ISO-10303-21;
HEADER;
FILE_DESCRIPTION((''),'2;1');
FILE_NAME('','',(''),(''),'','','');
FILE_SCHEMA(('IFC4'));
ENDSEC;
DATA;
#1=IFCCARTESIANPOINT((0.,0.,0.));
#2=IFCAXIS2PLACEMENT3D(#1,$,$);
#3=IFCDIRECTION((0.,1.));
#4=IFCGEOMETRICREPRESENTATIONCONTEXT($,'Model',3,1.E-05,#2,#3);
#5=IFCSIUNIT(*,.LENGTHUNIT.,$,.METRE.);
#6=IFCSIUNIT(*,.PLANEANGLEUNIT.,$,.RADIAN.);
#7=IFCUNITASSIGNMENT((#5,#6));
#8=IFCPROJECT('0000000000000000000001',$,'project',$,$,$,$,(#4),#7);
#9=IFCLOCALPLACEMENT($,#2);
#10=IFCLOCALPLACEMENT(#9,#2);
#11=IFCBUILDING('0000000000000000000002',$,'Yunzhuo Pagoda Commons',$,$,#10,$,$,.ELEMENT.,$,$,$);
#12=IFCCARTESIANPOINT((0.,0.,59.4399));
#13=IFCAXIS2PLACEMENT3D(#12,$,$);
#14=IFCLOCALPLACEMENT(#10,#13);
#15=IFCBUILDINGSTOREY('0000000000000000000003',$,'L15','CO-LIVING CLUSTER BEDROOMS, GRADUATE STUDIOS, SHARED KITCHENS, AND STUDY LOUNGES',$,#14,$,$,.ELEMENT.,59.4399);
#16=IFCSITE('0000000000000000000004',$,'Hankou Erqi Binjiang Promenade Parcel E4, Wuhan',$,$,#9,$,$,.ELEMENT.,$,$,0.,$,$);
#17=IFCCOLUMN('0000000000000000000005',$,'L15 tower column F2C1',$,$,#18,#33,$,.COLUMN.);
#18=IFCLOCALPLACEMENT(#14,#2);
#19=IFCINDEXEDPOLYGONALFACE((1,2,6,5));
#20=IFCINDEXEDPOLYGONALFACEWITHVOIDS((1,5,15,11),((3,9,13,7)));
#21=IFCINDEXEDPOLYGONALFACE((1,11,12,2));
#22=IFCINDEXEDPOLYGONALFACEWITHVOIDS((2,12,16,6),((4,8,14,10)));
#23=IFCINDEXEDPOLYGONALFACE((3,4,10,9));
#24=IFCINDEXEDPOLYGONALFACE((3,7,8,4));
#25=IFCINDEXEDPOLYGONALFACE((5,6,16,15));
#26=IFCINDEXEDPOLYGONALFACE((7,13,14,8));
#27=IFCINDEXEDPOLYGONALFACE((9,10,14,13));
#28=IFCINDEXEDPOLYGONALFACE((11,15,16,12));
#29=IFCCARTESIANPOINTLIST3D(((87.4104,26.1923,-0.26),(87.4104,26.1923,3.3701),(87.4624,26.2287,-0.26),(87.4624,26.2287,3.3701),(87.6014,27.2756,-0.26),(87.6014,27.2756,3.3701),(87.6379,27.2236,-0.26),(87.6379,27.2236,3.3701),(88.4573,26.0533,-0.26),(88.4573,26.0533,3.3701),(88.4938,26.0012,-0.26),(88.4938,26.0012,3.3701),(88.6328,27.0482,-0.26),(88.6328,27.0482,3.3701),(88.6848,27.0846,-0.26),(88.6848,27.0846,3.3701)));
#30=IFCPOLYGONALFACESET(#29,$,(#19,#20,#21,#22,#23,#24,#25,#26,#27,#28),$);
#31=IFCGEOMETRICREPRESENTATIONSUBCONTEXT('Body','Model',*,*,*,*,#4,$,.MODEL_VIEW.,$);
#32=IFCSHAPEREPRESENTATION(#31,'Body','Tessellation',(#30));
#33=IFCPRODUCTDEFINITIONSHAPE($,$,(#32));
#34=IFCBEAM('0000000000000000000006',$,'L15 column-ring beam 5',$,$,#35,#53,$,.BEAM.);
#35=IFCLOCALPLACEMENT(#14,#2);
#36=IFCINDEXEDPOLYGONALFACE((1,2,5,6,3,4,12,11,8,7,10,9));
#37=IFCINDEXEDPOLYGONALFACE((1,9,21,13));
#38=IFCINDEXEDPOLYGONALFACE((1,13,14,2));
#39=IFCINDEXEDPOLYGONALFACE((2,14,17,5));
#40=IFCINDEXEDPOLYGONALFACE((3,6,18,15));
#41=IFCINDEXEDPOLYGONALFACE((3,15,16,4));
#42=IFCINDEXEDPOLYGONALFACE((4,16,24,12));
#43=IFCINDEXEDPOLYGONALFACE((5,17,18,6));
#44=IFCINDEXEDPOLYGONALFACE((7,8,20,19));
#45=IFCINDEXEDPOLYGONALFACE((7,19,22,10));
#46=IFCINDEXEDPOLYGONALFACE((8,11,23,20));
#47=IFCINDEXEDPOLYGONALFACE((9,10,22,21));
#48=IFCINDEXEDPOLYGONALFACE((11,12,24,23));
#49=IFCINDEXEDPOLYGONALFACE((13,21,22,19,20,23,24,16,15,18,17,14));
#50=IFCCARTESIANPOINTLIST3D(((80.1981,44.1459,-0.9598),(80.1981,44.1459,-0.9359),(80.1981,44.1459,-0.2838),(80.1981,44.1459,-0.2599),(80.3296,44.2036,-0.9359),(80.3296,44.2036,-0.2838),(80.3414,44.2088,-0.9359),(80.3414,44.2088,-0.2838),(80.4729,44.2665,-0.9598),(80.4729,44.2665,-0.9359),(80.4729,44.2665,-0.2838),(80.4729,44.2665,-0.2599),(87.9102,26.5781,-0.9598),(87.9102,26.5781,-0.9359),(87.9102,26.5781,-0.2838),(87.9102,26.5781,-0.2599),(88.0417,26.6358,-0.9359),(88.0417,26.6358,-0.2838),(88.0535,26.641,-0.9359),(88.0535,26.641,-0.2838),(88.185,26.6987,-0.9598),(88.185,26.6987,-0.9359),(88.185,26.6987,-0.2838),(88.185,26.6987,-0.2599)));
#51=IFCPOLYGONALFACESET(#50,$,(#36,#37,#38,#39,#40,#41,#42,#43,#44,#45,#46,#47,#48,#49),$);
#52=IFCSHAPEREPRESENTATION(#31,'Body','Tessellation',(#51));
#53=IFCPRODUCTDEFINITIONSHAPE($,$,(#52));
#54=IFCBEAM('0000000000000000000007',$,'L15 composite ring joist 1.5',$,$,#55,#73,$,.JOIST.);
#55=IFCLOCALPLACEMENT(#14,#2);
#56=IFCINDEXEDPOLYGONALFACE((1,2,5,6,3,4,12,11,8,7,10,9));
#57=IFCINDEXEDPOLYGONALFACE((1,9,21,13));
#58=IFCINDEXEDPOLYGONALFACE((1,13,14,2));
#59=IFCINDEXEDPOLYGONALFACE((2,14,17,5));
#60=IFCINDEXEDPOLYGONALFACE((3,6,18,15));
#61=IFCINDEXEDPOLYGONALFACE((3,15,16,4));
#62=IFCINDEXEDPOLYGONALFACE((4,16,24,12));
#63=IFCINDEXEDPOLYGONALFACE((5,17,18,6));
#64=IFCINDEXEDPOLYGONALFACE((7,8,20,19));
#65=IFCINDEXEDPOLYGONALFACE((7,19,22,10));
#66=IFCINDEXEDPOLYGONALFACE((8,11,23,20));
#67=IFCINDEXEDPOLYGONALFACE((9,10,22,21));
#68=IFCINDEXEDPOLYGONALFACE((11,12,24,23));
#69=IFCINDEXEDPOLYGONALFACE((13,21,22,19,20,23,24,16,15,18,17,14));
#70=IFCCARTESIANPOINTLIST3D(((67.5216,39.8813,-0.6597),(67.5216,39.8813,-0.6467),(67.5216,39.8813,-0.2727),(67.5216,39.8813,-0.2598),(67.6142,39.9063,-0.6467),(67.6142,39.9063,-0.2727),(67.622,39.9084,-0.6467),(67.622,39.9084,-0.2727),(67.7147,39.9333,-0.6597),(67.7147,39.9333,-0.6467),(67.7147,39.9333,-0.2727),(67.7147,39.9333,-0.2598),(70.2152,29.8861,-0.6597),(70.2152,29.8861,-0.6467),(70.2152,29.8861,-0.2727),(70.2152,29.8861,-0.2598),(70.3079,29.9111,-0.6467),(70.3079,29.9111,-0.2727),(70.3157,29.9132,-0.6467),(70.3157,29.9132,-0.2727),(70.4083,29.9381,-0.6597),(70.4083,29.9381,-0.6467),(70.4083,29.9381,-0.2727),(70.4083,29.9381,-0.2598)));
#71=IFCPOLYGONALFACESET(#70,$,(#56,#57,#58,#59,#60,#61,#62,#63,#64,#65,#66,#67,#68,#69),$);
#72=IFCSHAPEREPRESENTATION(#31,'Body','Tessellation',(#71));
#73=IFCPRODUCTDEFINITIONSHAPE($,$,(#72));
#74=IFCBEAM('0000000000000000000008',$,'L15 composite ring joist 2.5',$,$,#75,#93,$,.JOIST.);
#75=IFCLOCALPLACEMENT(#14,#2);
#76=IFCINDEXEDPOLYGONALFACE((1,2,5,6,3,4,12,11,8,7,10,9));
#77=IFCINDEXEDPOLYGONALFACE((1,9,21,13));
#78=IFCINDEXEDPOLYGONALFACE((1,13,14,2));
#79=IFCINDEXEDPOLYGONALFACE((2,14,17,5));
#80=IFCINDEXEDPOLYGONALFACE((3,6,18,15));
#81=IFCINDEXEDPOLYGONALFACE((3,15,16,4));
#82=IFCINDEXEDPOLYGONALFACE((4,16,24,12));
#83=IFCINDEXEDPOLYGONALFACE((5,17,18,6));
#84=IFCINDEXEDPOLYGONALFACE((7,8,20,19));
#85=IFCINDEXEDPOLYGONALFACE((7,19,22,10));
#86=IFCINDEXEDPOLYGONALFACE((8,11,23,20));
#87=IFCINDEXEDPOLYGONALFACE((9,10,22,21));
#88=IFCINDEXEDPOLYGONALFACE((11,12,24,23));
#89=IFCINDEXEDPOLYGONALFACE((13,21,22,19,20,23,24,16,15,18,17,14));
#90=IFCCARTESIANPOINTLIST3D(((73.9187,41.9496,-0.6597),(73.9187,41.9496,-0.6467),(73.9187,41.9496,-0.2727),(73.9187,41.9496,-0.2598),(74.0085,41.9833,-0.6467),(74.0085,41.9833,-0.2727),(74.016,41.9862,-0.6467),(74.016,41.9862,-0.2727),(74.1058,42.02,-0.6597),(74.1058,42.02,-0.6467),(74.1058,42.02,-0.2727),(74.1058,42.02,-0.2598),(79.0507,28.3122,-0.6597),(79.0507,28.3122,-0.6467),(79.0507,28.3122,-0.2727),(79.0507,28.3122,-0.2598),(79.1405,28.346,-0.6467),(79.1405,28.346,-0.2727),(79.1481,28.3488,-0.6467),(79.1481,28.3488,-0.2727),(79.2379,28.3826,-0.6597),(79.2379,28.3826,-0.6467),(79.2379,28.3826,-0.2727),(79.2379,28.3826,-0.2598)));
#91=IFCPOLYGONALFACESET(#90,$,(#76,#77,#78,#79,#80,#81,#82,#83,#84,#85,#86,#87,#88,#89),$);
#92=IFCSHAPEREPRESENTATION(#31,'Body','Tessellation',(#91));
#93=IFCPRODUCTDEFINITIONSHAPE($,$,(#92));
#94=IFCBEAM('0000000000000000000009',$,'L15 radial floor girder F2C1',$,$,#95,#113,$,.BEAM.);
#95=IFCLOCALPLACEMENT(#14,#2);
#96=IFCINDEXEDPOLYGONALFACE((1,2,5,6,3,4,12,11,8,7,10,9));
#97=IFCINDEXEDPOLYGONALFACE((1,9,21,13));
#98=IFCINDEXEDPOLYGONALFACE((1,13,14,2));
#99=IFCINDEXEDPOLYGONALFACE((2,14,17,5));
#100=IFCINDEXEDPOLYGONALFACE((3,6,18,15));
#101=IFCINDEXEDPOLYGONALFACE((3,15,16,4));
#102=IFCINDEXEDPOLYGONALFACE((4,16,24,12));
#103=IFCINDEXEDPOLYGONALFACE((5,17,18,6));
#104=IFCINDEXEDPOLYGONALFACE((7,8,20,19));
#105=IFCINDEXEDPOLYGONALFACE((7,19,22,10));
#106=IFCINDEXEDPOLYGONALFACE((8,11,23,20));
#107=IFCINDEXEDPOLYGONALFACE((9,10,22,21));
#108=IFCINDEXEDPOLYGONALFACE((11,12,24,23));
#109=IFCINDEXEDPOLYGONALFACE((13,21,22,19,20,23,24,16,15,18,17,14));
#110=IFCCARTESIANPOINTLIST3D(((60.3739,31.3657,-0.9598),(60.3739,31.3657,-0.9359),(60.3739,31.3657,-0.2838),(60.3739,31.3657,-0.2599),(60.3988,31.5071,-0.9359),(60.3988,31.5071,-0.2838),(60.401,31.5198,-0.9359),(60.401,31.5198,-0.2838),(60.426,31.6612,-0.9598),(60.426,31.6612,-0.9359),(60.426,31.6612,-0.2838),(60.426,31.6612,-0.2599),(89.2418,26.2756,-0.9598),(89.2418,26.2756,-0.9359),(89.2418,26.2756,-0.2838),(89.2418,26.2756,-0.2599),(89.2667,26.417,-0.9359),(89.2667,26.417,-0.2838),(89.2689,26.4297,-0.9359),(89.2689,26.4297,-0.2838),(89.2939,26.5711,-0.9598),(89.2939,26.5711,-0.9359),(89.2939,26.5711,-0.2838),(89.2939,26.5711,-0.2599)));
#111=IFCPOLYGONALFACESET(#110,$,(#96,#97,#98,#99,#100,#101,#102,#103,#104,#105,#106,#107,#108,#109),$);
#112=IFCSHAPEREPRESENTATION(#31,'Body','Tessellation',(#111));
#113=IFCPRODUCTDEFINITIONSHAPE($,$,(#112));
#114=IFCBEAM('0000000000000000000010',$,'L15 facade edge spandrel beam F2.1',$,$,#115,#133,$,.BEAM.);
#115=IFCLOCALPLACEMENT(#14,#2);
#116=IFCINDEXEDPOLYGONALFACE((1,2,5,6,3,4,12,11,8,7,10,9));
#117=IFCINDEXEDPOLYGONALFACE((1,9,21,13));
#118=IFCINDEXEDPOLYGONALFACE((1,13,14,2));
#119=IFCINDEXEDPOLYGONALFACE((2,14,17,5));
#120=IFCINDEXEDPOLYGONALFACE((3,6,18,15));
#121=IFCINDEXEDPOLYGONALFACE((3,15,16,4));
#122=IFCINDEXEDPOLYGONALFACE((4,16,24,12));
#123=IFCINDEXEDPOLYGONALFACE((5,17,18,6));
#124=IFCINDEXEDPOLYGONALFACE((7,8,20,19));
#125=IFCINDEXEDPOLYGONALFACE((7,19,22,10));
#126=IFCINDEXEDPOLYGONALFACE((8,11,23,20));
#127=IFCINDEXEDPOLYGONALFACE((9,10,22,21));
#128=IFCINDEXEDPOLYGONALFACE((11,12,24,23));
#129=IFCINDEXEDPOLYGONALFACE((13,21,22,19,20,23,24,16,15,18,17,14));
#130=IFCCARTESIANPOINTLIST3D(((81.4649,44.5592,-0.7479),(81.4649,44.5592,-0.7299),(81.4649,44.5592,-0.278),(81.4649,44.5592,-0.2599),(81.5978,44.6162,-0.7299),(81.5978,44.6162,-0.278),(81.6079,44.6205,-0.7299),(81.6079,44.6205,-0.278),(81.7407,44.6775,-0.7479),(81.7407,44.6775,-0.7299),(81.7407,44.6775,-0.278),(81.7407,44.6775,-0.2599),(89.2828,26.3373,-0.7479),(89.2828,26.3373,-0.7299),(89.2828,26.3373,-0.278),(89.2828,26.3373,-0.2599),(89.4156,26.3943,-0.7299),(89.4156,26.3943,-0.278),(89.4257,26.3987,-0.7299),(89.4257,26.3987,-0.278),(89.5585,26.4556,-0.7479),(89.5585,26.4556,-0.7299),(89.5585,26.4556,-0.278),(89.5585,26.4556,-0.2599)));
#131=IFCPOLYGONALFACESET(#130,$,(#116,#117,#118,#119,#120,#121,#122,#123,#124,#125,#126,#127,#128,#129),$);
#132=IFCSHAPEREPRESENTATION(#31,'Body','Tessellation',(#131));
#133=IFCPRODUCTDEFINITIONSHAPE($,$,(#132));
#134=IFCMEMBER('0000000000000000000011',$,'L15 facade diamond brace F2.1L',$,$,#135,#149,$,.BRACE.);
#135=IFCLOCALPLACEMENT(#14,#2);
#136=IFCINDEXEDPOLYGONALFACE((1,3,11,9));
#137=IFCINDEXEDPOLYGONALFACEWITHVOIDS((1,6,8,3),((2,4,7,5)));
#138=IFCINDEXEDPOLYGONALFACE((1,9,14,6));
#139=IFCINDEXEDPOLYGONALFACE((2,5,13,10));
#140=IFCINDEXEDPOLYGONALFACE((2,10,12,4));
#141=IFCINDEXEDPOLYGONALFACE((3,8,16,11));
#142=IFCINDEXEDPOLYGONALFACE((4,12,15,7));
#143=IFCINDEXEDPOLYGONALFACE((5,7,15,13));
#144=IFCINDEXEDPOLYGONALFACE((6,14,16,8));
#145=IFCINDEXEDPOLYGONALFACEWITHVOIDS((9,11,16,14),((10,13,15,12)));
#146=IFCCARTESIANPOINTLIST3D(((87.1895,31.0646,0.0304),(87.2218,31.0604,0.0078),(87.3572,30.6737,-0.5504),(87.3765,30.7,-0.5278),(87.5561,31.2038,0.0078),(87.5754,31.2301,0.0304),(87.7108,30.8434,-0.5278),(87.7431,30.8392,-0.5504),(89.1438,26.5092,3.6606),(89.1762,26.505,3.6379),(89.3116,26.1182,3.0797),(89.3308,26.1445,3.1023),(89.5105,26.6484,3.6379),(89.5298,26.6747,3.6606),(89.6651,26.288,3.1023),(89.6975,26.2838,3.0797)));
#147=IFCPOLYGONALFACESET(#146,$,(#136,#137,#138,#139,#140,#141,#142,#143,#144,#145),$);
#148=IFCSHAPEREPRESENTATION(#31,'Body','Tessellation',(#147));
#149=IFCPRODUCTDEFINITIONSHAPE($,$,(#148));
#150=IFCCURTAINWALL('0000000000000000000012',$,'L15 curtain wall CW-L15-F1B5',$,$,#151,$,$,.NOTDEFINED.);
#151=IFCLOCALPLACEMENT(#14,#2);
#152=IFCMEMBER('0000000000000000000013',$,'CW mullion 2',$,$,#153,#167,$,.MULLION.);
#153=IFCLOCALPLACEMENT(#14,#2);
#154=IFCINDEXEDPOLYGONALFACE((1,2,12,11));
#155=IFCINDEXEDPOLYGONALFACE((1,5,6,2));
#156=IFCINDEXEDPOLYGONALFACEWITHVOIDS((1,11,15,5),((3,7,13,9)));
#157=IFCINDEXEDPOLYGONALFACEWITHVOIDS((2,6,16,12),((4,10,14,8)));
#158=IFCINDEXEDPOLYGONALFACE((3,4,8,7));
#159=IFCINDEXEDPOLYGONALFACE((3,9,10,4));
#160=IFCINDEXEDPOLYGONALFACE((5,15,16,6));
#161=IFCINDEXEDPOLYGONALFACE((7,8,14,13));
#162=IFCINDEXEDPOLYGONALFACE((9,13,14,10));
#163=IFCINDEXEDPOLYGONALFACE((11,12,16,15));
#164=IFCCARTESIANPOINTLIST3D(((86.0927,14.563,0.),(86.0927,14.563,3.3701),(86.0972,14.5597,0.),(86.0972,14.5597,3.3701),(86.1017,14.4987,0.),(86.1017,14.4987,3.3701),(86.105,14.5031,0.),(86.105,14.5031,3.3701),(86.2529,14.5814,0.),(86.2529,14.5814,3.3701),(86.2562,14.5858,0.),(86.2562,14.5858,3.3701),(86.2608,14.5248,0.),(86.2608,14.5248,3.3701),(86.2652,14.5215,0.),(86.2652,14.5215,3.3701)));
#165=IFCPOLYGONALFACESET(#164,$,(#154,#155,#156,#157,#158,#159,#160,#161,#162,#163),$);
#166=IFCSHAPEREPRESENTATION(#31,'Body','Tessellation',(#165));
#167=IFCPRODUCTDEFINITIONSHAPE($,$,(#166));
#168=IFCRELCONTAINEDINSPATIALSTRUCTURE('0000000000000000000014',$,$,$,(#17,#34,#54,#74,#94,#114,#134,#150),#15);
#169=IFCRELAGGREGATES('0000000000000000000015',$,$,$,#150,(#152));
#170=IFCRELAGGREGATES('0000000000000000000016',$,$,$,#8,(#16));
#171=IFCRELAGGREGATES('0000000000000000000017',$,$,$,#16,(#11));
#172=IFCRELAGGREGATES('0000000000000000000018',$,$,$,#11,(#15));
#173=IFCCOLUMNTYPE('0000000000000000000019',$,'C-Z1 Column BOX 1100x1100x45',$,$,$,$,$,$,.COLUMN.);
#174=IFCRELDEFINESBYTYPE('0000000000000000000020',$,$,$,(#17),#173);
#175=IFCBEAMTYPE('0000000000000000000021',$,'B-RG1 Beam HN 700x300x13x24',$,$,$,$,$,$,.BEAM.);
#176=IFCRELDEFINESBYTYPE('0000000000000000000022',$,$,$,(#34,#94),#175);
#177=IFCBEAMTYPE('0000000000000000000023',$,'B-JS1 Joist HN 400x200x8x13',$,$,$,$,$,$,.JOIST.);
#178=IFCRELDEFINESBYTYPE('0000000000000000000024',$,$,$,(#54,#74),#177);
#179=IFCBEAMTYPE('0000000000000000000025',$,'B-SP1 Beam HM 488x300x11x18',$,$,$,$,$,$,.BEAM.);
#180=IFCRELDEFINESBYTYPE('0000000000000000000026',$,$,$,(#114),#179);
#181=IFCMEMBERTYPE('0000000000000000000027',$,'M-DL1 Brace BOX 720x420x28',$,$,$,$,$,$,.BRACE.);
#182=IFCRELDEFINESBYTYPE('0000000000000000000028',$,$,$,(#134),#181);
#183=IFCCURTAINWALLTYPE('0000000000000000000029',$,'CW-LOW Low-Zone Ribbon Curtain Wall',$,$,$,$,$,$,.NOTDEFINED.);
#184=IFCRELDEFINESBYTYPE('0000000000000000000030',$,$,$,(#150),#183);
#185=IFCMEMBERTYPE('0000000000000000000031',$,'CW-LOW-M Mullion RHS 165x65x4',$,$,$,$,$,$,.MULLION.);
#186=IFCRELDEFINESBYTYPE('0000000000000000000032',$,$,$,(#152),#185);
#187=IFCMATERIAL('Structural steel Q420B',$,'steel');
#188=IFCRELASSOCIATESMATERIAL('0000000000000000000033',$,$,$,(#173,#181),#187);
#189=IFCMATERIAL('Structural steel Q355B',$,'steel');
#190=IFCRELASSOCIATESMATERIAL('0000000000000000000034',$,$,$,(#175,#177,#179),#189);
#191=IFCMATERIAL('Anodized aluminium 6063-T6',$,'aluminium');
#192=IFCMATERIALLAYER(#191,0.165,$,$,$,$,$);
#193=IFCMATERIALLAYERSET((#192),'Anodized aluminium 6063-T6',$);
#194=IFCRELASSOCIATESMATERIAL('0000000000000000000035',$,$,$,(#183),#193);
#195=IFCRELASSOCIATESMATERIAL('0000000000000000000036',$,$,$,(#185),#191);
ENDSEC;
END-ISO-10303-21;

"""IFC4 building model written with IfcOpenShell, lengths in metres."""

from ifc_helpers import new_model, si_unit, direction, frame, origin, origin_2d, place, context, subcontext, project, spatial, hollow_rectangle, i_section, extrude, source, transform, mapped, material, layer, layer_set, material_profile, profile_set, type_object, element, aggregate, save


model = new_model("IFC4")

# Units and contexts
model_context = context("Model", 3, precision=1e-05, world=origin(), true_north=direction((0.0, 1.0)))
body_context = subcontext(model_context, "Body", "Model", "MODEL_VIEW")
ifc_project = project(units=[si_unit("LENGTHUNIT", "METRE"), si_unit("PLANEANGLEUNIT", "RADIAN")], contexts=[model_context])

# Site, building, storey
site_placement = place(None, origin())
site = spatial("IfcSite", under=ifc_project, at=site_placement, Name="Hankou Erqi Binjiang Promenade Parcel E4, Wuhan", CompositionType="ELEMENT", RefElevation=0.0)
building_placement = place(site_placement, origin())
building = spatial("IfcBuilding", under=site, at=building_placement, Name="Yunzhuo Pagoda Commons", CompositionType="ELEMENT")
storey_placement = place(building_placement, frame((0.0, 0.0, 59.4399)))
storey = spatial("IfcBuildingStorey", under=building, at=storey_placement, Name="L15", Description="CO-LIVING CLUSTER BEDROOMS, GRADUATE STUDIOS, SHARED KITCHENS, AND STUDY LOUNGES", CompositionType="ELEMENT", Elevation=59.4399)

# Column
ifc_material_1 = material(Name="Structural steel Q420B", Category="steel")
ifc_material_profile_1 = material_profile(ifc_material_1, hollow_rectangle(XDim=1.1001, YDim=1.1001, WallThickness=0.0449, at=origin_2d()), Name="Structural steel Q420B")
ifc_profile_set_1 = profile_set([ifc_material_profile_1], Name="Structural steel Q420B")
column_type = type_object("IfcColumnType", Name="C-Z1 Column BOX 1100x1100x45", PredefinedType="COLUMN", material=ifc_profile_set_1)
shared_shape_1 = source(origin(), body_context, "Body", "SweptSolid", [
    extrude(hollow_rectangle(XDim=1.1001, YDim=1.1001, WallThickness=0.0449, at=origin_2d()), origin(), (0.0, 0.0, 1.0), 3.6301),
])
column_placement = place(storey_placement, frame((88.0476, 26.6384, -0.26), z_axis=(0.0, 0.0, 1.0), x_axis=(0.173648, 0.984808, 0.0)))
element("IfcColumn", 1, at=column_placement, inside=storey, type_object=column_type, Name="L15 tower column F2C1", PredefinedType="COLUMN", context=body_context, shape_type="MappedRepresentation", body=[
    mapped(shared_shape_1, transform((0.0, 0.0, 0.0), scale=1.0)),
])

# Beams
ifc_material_2 = material(Name="Structural steel Q355B", Category="steel")
ifc_material_profile_2 = material_profile(ifc_material_2, i_section(OverallWidth=0.3, OverallDepth=0.7, WebThickness=0.0129, FlangeThickness=0.0239, at=origin_2d()), Name="Structural steel Q355B")
ifc_profile_set_2 = profile_set([ifc_material_profile_2], Name="Structural steel Q355B")
beam_type_1 = type_object("IfcBeamType", Name="B-RG1 Beam HN 700x300x13x24", PredefinedType="BEAM", material=ifc_profile_set_2)
shared_shape_2 = source(origin(), body_context, "Body", "SweptSolid", [
    extrude(i_section(OverallWidth=0.3, OverallDepth=0.7, WebThickness=0.0129, FlangeThickness=0.0239, at=origin_2d()), origin(), (0.0, 0.0, 1.0), 19.186),
])
beam_1_placement = place(storey_placement, frame((88.0476, 26.6384, -0.6099), z_axis=(-0.401965, 0.915655, 0.0), x_axis=(-0.915655, -0.401965, 0.0)))
element("IfcBeam", 2, at=beam_1_placement, inside=storey, type_object=beam_type_1, Name="L15 column-ring beam 5", PredefinedType="BEAM", context=body_context, shape_type="MappedRepresentation", body=[
    mapped(shared_shape_2, transform((0.0, 0.0, 0.0), scale=1.0)),
])
ifc_material_profile_3 = material_profile(ifc_material_2, i_section(OverallWidth=0.2, OverallDepth=0.3999, WebThickness=0.0081, FlangeThickness=0.0129, at=origin_2d()), Name="Structural steel Q355B")
ifc_profile_set_3 = profile_set([ifc_material_profile_3], Name="Structural steel Q355B")
beam_type_2 = type_object("IfcBeamType", Name="B-JS1 Joist HN 400x200x8x13", PredefinedType="JOIST", material=ifc_profile_set_3)
shared_shape_3 = source(origin(), body_context, "Body", "SweptSolid", [
    extrude(i_section(OverallWidth=0.2, OverallDepth=0.3999, WebThickness=0.0081, FlangeThickness=0.0129, at=origin_2d()), origin(), (0.0, 0.0, 1.0), 10.3518),
])
beam_2_placement = place(storey_placement, frame((70.3118, 29.9121, -0.4597), z_axis=(-0.260209, 0.965552, 0.0), x_axis=(-0.965552, -0.260209, 0.0)))
element("IfcBeam", 3, at=beam_2_placement, inside=storey, type_object=beam_type_2, Name="L15 composite ring joist 1.5", PredefinedType="JOIST", context=body_context, shape_type="MappedRepresentation", body=[
    mapped(shared_shape_3, transform((0.0, 0.0, 0.0), scale=1.0)),
])
shared_shape_4 = source(origin(), body_context, "Body", "SweptSolid", [
    extrude(i_section(OverallWidth=0.2, OverallDepth=0.3999, WebThickness=0.0081, FlangeThickness=0.0129, at=origin_2d()), origin(), (0.0, 0.0, 1.0), 14.571),
])
beam_3_placement = place(storey_placement, frame((79.1443, 28.3474, -0.4597), z_axis=(-0.352208, 0.935922, 0.0), x_axis=(-0.935922, -0.352208, 0.0)))
element("IfcBeam", 4, at=beam_3_placement, inside=storey, type_object=beam_type_2, Name="L15 composite ring joist 2.5", PredefinedType="JOIST", context=body_context, shape_type="MappedRepresentation", body=[
    mapped(shared_shape_4, transform((0.0, 0.0, 0.0), scale=1.0)),
])
shared_shape_5 = source(origin(), body_context, "Body", "SweptSolid", [
    extrude(i_section(OverallWidth=0.3, OverallDepth=0.7, WebThickness=0.0129, FlangeThickness=0.0239, at=origin_2d()), origin(), (0.0, 0.0, 1.0), 29.3132),
])
beam_4_placement = place(storey_placement, frame((89.2678, 26.4233, -0.6099), z_axis=(-0.984808, 0.173645, 0.0), x_axis=(-0.173645, -0.984808, 0.0)))
element("IfcBeam", 5, at=beam_4_placement, inside=storey, type_object=beam_type_1, Name="L15 radial floor girder F2C1", PredefinedType="BEAM", context=body_context, shape_type="MappedRepresentation", body=[
    mapped(shared_shape_5, transform((0.0, 0.0, 0.0), scale=1.0)),
])
ifc_material_profile_4 = material_profile(ifc_material_2, i_section(OverallWidth=0.3, OverallDepth=0.488, WebThickness=0.011, FlangeThickness=0.0181, at=origin_2d()), Name="Structural steel Q355B")
ifc_profile_set_4 = profile_set([ifc_material_profile_4], Name="Structural steel Q355B")
beam_type_3 = type_object("IfcBeamType", Name="B-SP1 Beam HM 488x300x11x18", PredefinedType="BEAM", material=ifc_profile_set_4)
shared_shape_6 = source(origin(), body_context, "Body", "SweptSolid", [
    extrude(i_section(OverallWidth=0.3, OverallDepth=0.488, WebThickness=0.011, FlangeThickness=0.0181, at=origin_2d()), origin(), (0.0, 0.0, 1.0), 19.8281),
])
beam_5_placement = place(storey_placement, frame((89.4207, 26.3965, -0.5039), z_axis=(-0.39428, 0.91899, 0.0), x_axis=(-0.91899, -0.39428, 0.0)))
element("IfcBeam", 6, at=beam_5_placement, inside=storey, type_object=beam_type_3, Name="L15 facade edge spandrel beam F2.1", PredefinedType="BEAM", context=body_context, shape_type="MappedRepresentation", body=[
    mapped(shared_shape_6, transform((0.0, 0.0, 0.0), scale=1.0)),
])

# Member
ifc_material_profile_5 = material_profile(ifc_material_1, hollow_rectangle(XDim=0.4199, YDim=0.72, WallThickness=0.0281, at=origin_2d()), Name="Structural steel Q420B")
ifc_profile_set_5 = profile_set([ifc_material_profile_5], Name="Structural steel Q420B")
member_type_1 = type_object("IfcMemberType", Name="M-DL1 Brace BOX 720x420x28", PredefinedType="BRACE", material=ifc_profile_set_5)
shared_shape_7 = source(origin(), body_context, "Body", "SweptSolid", [
    extrude(hollow_rectangle(XDim=0.4199, YDim=0.72, WallThickness=0.0281, at=origin_2d()), origin(), (0.0, 0.0, 1.0), 6.144),
])
member_1_placement = place(storey_placement, frame((87.4663, 30.9519, -0.26), z_axis=(0.318088, -0.741438, 0.590838), x_axis=(0.918997, 0.394264, 0.0)))
element("IfcMember", 7, at=member_1_placement, inside=storey, type_object=member_type_1, Name="L15 facade diamond brace F2.1L", PredefinedType="BRACE", context=body_context, shape_type="MappedRepresentation", body=[
    mapped(shared_shape_7, transform((0.0, 0.0, 0.0), scale=1.0)),
])

# Curtain wall, member
ifc_material_3 = material(Name="Anodized aluminium 6063-T6", Category="aluminium")
ifc_layer_1 = layer(ifc_material_3, 0.165)
ifc_layer_set_1 = layer_set([ifc_layer_1], Name="Anodized aluminium 6063-T6")
curtain_wall_type = type_object("IfcCurtainWallType", Name="CW-LOW Low-Zone Ribbon Curtain Wall", PredefinedType="NOTDEFINED", material=ifc_layer_set_1)
curtain_wall_1_placement = place(storey_placement, origin())
curtain_wall_1 = element("IfcCurtainWall", 8, at=curtain_wall_1_placement, inside=storey, type_object=curtain_wall_type, Name="L15 curtain wall CW-L15-F1B5", PredefinedType="NOTDEFINED")
ifc_material_profile_6 = material_profile(ifc_material_3, hollow_rectangle(XDim=0.0649, YDim=0.165, WallThickness=0.0039, at=origin_2d()), Name="Anodized aluminium 6063-T6")
ifc_profile_set_6 = profile_set([ifc_material_profile_6], Name="Anodized aluminium 6063-T6")
member_type_2 = type_object("IfcMemberType", Name="CW-LOW-M Mullion RHS 165x65x4", PredefinedType="MULLION", material=ifc_profile_set_6)
shared_shape_8 = source(origin(), body_context, "Body", "SweptSolid", [
    extrude(hollow_rectangle(XDim=0.0649, YDim=0.165, WallThickness=0.0039, at=origin_2d()), origin(), (0.0, 0.0, 1.0), 3.3701),
])
member_2_placement = place(storey_placement, frame((86.179, 14.5422, 0.0), z_axis=(0.0, 0.0, 1.0), x_axis=(-0.137905, 0.990445, 0.0)))
member_2 = element("IfcMember", 9, at=member_2_placement, type_object=member_type_2, Name="CW mullion 2", PredefinedType="MULLION", context=body_context, shape_type="MappedRepresentation", body=[
    mapped(shared_shape_8, transform((0.0, 0.0, 0.0), scale=1.0)),
])

aggregate(curtain_wall_1, [member_2])

save(model, "model.ifc")
